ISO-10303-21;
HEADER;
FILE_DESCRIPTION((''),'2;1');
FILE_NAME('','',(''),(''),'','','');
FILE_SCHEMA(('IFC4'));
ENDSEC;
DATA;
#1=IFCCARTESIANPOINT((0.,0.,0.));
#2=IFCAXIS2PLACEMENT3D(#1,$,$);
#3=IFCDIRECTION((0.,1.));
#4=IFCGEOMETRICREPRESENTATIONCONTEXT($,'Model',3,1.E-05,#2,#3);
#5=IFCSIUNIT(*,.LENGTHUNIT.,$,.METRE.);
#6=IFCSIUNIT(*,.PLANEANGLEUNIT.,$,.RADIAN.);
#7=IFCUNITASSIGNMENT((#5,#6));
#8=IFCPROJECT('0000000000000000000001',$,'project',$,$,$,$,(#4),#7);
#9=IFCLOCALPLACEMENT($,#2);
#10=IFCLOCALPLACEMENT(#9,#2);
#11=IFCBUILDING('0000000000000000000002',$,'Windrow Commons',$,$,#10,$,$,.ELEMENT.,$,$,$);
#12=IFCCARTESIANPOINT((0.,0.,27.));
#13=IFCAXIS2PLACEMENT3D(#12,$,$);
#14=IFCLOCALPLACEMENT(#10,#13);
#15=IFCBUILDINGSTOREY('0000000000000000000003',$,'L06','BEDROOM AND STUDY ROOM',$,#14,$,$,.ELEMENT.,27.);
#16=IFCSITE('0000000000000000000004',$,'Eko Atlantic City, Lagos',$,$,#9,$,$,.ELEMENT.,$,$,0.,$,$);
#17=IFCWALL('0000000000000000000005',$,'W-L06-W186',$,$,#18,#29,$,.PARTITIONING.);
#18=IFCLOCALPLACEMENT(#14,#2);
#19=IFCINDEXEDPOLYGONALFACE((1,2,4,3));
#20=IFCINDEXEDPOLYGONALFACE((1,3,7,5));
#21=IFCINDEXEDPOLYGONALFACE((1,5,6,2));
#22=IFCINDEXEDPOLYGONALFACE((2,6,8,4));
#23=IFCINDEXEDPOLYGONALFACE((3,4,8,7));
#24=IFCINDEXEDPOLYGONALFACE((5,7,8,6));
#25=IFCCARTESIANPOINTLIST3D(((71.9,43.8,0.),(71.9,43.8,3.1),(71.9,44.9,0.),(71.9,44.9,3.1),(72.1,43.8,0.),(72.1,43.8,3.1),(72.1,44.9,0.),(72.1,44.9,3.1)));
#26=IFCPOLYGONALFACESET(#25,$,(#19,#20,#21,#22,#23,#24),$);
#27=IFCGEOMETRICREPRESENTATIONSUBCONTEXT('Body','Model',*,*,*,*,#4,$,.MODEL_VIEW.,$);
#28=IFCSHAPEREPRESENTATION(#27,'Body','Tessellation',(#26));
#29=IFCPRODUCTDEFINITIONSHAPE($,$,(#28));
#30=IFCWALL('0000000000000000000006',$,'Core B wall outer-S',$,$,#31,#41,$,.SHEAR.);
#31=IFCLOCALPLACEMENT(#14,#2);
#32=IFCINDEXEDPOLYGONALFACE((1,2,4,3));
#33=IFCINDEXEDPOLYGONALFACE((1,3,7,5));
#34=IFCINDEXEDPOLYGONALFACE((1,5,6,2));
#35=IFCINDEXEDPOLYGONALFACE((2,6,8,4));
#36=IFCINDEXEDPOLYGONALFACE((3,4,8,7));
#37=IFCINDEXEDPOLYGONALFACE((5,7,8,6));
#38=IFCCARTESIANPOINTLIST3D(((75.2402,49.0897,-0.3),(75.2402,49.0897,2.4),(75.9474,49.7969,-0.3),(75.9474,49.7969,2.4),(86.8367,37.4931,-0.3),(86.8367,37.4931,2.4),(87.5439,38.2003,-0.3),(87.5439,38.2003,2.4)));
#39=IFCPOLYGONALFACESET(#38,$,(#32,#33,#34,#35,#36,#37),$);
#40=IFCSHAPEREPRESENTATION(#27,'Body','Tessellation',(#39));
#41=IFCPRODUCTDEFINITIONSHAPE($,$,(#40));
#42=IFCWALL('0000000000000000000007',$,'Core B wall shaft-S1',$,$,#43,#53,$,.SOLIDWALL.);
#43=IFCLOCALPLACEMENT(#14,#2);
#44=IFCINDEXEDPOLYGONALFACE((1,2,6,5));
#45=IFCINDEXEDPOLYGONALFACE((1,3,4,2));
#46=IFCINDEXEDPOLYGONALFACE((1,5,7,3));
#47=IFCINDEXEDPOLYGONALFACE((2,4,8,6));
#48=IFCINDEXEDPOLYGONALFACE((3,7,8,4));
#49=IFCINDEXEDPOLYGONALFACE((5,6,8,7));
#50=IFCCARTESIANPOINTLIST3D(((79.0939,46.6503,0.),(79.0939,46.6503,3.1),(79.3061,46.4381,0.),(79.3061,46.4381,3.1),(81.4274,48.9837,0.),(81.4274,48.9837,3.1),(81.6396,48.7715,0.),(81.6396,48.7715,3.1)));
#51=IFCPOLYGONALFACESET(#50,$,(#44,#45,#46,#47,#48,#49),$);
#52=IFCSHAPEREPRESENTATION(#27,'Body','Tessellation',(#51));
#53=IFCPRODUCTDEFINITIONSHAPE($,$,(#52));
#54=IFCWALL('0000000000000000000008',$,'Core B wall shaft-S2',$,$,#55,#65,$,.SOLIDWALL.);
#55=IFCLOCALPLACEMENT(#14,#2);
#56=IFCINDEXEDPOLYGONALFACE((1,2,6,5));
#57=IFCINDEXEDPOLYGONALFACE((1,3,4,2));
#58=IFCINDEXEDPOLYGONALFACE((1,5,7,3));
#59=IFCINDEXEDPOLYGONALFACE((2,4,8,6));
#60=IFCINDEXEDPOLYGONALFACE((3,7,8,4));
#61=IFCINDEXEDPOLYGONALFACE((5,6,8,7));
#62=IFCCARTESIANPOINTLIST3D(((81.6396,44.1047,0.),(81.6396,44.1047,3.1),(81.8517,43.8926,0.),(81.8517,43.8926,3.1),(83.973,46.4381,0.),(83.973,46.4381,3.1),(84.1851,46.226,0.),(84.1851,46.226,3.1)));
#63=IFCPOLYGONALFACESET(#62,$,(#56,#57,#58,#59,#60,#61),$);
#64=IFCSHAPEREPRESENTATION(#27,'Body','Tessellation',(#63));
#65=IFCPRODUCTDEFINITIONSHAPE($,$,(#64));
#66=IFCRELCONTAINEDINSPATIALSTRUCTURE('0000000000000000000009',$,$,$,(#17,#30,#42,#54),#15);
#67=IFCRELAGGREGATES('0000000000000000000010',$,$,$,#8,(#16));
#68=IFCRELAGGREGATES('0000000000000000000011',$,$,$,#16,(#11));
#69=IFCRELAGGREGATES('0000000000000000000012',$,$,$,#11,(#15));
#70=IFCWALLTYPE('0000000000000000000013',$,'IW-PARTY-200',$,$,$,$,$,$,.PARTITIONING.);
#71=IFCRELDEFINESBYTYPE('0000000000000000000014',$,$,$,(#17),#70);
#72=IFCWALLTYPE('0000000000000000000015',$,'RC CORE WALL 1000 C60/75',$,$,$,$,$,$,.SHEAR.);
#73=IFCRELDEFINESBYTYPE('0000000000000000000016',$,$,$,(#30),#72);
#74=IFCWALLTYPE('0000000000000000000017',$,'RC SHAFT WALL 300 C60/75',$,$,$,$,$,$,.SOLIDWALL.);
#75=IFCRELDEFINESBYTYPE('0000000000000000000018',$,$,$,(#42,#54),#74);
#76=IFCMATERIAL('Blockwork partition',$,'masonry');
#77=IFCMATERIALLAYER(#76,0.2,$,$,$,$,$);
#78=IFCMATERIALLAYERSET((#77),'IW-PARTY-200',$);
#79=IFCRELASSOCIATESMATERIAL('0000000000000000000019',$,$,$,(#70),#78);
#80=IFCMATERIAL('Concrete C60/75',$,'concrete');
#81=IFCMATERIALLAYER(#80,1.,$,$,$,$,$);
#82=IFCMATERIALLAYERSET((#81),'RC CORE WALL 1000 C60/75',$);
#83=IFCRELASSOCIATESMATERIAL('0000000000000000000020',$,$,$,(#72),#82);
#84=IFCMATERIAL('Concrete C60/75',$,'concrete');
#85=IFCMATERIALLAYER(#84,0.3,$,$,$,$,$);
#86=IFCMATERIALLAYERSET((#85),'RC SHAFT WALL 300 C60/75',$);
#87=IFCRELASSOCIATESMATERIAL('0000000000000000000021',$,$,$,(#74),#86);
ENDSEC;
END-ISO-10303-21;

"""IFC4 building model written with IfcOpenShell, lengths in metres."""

from ifc_helpers import new_model, si_unit, direction, frame, frame_2d, origin, place, context, subcontext, project, spatial, rectangle, extrude, material, layer, layer_set, type_object, element, save


model = new_model("IFC4")

# Units and contexts
model_context = context("Model", 3, precision=1e-05, world=origin(), true_north=direction((0.0, 1.0)))
body_context = subcontext(model_context, "Body", "Model", "MODEL_VIEW")
ifc_project = project(units=[si_unit("LENGTHUNIT", "METRE"), si_unit("PLANEANGLEUNIT", "RADIAN")], contexts=[model_context])

# Site, building, storey
site_placement = place(None, origin())
site = spatial("IfcSite", under=ifc_project, at=site_placement, Name="Eko Atlantic City, Lagos", CompositionType="ELEMENT", RefElevation=0.0)
building_placement = place(site_placement, origin())
building = spatial("IfcBuilding", under=site, at=building_placement, Name="Windrow Commons", CompositionType="ELEMENT")
storey_placement = place(building_placement, frame((0.0, 0.0, 27.0)))
storey = spatial("IfcBuildingStorey", under=building, at=storey_placement, Name="L06", Description="BEDROOM AND STUDY ROOM", CompositionType="ELEMENT", Elevation=27.0)

# Walls
ifc_material_1 = material(Name="Blockwork partition", Category="masonry")
ifc_layer_1 = layer(ifc_material_1, 0.2)
ifc_layer_set_1 = layer_set([ifc_layer_1], Name="IW-PARTY-200")
wall_type_1 = type_object("IfcWallType", Name="IW-PARTY-200", PredefinedType="PARTITIONING", material=ifc_layer_set_1)
wall_1_placement = place(storey_placement, frame((72.0, 43.8, 0.0), z_axis=(0.0, 0.0, 1.0), x_axis=(0.0, 1.0, 0.0)))
element("IfcWall", 1, at=wall_1_placement, inside=storey, type_object=wall_type_1, Name="W-L06-W186", PredefinedType="PARTITIONING", context=body_context, shape_type="SweptSolid", body=[
    extrude(rectangle(XDim=1.1, YDim=0.2, at=frame_2d((0.55, 0.0))), origin(), (0.0, 0.0, 1.0), 3.1),
])
ifc_material_2 = material(Name="Concrete C60/75", Category="concrete")
ifc_layer_2 = layer(ifc_material_2, 1.0)
ifc_layer_set_2 = layer_set([ifc_layer_2], Name="RC CORE WALL 1000 C60/75")
wall_type_2 = type_object("IfcWallType", Name="RC CORE WALL 1000 C60/75", PredefinedType="SHEAR", material=ifc_layer_set_2)
wall_2_placement = place(storey_placement, frame((75.5938, 49.4433, -0.3), z_axis=(0.0, 0.0, 1.0), x_axis=(0.707104, -0.70711, 0.0)))
element("IfcWall", 2, at=wall_2_placement, inside=storey, type_object=wall_type_2, Name="Core B wall outer-S", PredefinedType="SHEAR", context=body_context, shape_type="SweptSolid", body=[
    extrude(rectangle(XDim=16.4, YDim=1.0, at=frame_2d((8.2, 0.0))), origin(), (0.0, 0.0, 1.0), 2.7),
])
ifc_material_3 = material(Name="Concrete C60/75", Category="concrete")
ifc_layer_3 = layer(ifc_material_3, 0.3)
ifc_layer_set_3 = layer_set([ifc_layer_3], Name="RC SHAFT WALL 300 C60/75")
wall_type_3 = type_object("IfcWallType", Name="RC SHAFT WALL 300 C60/75", PredefinedType="SOLIDWALL", material=ifc_layer_set_3)
wall_3_placement = place(storey_placement, frame((79.2, 46.5442, 0.0), z_axis=(0.0, 0.0, 1.0), x_axis=(0.707122, 0.707092, 0.0)))
element("IfcWall", 3, at=wall_3_placement, inside=storey, type_object=wall_type_3, Name="Core B wall shaft-S1", PredefinedType="SOLIDWALL", context=body_context, shape_type="SweptSolid", body=[
    extrude(rectangle(XDim=3.3, YDim=0.3, at=frame_2d((1.65, 0.0))), origin(), (0.0, 0.0, 1.0), 3.1),
])
wall_4_placement = place(storey_placement, frame((81.7456, 43.9986, 0.0), z_axis=(0.0, 0.0, 1.0), x_axis=(0.707107, 0.707107, 0.0)))
element("IfcWall", 4, at=wall_4_placement, inside=storey, type_object=wall_type_3, Name="Core B wall shaft-S2", PredefinedType="SOLIDWALL", context=body_context, shape_type="SweptSolid", body=[
    extrude(rectangle(XDim=3.2999, YDim=0.3, at=frame_2d((1.65, 0.0))), origin(), (0.0, 0.0, 1.0), 3.1),
])

save(model, "model.ifc")
